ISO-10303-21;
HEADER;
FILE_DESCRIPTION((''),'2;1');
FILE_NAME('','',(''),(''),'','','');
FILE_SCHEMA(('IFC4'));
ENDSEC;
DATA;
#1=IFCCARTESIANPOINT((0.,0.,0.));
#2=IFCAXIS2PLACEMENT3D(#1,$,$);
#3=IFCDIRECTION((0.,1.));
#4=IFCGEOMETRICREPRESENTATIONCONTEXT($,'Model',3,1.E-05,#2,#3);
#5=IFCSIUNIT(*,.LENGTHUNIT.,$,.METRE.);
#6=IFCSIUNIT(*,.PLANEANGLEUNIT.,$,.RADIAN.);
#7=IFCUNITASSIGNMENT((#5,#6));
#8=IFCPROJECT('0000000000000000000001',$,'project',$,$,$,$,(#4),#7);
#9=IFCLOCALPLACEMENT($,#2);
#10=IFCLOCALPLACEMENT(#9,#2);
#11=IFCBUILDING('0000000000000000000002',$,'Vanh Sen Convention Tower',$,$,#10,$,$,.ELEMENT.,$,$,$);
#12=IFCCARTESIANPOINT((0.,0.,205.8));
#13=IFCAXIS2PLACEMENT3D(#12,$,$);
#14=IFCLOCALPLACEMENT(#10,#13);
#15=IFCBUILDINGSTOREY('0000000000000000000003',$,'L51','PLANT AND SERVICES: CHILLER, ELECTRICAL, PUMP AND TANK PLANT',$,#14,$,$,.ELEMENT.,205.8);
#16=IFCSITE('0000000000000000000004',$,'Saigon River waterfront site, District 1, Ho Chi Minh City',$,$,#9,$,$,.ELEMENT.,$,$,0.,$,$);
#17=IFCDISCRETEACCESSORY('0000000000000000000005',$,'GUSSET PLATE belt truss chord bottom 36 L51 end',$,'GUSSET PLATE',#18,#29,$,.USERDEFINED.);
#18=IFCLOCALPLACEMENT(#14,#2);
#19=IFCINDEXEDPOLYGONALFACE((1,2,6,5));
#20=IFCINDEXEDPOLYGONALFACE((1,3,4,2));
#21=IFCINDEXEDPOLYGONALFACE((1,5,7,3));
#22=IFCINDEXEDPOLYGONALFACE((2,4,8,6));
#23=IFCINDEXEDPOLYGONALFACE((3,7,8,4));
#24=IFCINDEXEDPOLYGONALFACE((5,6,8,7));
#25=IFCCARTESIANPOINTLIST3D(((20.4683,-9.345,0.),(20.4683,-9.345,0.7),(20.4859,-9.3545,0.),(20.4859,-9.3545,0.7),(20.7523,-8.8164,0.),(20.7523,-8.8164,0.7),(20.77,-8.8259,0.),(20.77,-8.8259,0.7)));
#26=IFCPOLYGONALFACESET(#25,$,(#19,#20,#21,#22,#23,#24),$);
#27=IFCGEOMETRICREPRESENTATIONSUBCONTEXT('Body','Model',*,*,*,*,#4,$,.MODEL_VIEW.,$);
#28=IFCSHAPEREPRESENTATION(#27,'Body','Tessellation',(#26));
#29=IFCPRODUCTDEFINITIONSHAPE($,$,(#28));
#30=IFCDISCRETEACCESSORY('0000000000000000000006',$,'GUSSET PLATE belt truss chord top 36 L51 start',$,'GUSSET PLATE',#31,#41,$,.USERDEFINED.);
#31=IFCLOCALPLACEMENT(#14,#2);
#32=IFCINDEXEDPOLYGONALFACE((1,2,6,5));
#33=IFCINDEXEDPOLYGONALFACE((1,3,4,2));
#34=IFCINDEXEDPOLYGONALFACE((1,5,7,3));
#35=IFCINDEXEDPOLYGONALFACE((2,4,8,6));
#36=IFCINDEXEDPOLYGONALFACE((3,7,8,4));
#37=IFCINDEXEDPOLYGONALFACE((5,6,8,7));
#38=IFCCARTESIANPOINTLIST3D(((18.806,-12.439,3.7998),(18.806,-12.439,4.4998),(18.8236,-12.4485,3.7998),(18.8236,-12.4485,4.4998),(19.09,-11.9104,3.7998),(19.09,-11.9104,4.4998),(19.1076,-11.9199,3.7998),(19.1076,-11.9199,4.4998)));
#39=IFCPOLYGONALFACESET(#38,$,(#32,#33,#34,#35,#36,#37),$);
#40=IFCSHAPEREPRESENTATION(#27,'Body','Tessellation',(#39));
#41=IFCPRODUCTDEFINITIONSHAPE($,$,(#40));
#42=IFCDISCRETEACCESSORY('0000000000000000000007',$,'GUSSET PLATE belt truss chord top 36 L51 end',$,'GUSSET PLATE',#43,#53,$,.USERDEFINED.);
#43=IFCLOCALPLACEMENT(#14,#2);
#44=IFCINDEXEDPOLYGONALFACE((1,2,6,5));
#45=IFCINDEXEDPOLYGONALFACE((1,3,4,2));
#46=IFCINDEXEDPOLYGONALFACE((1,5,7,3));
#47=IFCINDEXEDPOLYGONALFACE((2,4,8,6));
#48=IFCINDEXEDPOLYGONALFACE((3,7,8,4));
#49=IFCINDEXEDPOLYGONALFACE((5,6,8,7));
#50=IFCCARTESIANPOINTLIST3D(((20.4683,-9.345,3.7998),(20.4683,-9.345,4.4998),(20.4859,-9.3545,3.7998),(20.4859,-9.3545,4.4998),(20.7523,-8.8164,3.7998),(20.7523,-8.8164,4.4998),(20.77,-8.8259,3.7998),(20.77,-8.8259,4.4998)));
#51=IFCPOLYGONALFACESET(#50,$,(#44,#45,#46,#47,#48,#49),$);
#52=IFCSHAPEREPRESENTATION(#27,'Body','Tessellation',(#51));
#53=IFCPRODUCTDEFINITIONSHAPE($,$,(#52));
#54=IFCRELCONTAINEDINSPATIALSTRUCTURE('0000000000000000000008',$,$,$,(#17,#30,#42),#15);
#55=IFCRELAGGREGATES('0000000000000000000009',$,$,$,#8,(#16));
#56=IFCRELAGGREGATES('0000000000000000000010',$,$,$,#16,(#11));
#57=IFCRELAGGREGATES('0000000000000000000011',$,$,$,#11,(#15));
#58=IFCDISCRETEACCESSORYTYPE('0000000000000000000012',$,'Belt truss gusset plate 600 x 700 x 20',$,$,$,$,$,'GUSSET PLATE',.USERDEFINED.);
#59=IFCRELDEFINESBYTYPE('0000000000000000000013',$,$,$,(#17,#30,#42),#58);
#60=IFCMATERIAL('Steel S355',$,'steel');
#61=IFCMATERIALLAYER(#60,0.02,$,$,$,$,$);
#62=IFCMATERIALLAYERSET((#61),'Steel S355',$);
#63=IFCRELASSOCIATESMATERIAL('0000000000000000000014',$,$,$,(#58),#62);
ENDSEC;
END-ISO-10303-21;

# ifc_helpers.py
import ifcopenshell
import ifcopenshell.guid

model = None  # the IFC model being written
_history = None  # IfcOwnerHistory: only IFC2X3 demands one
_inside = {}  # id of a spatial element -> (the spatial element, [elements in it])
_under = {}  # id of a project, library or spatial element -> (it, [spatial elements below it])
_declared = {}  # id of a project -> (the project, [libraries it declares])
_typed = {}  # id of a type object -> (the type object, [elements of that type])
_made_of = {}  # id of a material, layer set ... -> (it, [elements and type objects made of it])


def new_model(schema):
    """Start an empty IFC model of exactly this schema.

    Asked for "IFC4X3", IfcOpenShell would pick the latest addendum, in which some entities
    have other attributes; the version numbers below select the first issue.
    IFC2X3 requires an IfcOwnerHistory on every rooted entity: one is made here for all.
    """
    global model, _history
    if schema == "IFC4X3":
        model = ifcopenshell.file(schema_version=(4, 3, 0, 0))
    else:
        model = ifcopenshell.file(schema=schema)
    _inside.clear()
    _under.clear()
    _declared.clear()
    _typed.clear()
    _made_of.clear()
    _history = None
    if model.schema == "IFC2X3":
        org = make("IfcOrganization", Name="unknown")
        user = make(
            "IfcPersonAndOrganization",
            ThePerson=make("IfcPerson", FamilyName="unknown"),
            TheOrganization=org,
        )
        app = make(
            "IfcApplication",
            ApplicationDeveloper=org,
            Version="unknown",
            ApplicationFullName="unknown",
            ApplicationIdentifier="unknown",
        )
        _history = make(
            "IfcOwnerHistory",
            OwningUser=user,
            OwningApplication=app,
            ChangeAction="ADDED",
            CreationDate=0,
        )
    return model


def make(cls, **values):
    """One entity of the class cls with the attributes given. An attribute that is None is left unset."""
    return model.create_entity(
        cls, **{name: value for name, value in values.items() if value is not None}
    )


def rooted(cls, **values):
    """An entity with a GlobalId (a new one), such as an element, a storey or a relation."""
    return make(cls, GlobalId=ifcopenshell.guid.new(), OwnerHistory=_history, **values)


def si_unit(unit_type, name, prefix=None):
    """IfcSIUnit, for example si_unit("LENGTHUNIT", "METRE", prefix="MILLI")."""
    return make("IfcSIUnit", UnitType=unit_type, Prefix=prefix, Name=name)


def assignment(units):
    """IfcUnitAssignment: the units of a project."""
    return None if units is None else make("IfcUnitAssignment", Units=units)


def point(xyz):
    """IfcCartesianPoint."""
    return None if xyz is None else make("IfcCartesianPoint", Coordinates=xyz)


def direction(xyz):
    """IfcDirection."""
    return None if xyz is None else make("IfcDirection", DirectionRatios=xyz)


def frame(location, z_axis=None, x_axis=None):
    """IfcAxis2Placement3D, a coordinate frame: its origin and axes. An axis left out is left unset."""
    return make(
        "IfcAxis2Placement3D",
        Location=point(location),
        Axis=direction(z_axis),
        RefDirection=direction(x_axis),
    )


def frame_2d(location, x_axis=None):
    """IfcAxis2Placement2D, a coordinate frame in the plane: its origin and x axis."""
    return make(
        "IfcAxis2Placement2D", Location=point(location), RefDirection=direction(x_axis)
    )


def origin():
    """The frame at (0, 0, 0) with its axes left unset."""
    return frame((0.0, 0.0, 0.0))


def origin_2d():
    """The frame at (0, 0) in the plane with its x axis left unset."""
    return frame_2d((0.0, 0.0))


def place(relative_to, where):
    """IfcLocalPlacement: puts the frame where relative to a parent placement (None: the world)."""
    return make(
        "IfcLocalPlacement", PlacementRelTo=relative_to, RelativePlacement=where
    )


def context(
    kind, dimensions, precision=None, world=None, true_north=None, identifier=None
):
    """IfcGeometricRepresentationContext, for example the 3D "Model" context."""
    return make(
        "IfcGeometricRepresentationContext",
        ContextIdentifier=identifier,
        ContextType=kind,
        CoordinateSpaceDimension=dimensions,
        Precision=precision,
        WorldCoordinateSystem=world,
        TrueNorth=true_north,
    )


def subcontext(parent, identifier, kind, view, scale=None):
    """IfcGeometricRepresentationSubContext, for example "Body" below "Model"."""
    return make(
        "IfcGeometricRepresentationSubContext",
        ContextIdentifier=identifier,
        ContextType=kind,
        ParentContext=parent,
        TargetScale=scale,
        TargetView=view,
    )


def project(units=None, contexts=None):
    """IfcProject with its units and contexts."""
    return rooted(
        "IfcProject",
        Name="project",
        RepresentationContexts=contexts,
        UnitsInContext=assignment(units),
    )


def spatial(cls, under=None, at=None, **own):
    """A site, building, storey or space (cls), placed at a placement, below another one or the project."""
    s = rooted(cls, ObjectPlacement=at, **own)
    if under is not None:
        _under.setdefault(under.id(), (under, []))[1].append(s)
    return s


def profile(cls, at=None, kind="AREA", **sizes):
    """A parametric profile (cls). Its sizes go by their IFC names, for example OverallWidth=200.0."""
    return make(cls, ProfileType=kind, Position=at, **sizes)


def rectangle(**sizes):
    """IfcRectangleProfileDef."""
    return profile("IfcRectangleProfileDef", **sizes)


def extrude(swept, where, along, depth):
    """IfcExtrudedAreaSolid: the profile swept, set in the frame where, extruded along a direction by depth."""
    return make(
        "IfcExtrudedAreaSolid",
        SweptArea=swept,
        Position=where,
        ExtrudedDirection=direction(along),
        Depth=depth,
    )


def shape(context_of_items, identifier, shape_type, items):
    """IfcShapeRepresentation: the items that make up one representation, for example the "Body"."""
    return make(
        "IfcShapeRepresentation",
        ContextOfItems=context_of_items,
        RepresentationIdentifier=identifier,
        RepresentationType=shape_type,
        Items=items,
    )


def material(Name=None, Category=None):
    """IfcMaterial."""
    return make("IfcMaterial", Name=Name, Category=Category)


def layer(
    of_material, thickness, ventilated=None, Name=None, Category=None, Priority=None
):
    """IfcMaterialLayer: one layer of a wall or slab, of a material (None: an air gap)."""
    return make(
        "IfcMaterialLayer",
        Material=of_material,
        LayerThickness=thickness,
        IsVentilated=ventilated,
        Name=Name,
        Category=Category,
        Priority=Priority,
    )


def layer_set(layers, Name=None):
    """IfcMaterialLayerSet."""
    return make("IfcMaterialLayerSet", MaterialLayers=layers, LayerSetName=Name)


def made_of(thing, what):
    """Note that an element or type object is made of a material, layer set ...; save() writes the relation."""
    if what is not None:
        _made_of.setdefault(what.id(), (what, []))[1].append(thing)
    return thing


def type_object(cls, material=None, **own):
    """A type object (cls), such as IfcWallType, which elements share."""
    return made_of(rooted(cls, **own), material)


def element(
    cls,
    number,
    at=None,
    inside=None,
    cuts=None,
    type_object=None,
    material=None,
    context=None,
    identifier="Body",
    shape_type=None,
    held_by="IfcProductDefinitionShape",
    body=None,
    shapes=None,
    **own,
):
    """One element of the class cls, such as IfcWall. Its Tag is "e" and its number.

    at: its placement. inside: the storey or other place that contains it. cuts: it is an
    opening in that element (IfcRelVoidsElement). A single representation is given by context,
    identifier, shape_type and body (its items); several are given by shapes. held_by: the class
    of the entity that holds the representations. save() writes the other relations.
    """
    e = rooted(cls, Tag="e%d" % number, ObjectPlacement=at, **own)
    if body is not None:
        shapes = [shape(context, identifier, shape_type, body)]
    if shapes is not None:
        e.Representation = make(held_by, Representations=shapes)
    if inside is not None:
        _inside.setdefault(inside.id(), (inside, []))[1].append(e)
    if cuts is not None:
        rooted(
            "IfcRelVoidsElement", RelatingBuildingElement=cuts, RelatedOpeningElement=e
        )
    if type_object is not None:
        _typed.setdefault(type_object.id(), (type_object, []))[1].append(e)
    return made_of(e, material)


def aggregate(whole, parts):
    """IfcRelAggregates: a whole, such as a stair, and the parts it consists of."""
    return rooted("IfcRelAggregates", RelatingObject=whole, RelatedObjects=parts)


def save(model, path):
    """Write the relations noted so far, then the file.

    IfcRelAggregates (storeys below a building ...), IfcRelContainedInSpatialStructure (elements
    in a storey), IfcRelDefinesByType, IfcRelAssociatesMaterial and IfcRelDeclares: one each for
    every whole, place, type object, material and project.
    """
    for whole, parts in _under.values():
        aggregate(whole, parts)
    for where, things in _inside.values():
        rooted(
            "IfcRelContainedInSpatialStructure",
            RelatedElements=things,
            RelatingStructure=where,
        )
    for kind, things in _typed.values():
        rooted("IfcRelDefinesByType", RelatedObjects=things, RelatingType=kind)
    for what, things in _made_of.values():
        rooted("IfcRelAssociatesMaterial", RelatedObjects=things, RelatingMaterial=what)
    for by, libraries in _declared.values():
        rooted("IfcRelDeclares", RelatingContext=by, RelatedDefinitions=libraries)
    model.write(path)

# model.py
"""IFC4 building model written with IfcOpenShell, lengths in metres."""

from ifc_helpers import new_model, si_unit, direction, frame, origin, origin_2d, place, context, subcontext, project, spatial, rectangle, extrude, material, layer, layer_set, type_object, element, save


model = new_model("IFC4")

# Units and contexts
model_context = context("Model", 3, precision=1e-05, world=origin(), true_north=direction((0.0, 1.0)))
body_context = subcontext(model_context, "Body", "Model", "MODEL_VIEW")
ifc_project = project(units=[si_unit("LENGTHUNIT", "METRE"), si_unit("PLANEANGLEUNIT", "RADIAN")], contexts=[model_context])

# Site, building, storey
site_placement = place(None, origin())
site = spatial("IfcSite", under=ifc_project, at=site_placement, Name="Saigon River waterfront site, District 1, Ho Chi Minh City", CompositionType="ELEMENT", RefElevation=0.0)
building_placement = place(site_placement, origin())
building = spatial("IfcBuilding", under=site, at=building_placement, Name="Vanh Sen Convention Tower", CompositionType="ELEMENT")
storey_placement = place(building_placement, frame((0.0, 0.0, 205.8)))
storey = spatial("IfcBuildingStorey", under=building, at=storey_placement, Name="L51", Description="PLANT AND SERVICES: CHILLER, ELECTRICAL, PUMP AND TANK PLANT", CompositionType="ELEMENT", Elevation=205.8)

# Shared definitions
ifc_material_1 = material(Name="Steel S355", Category="steel")

# Discrete accessories
ifc_layer_1 = layer(ifc_material_1, 0.02)
ifc_layer_set_1 = layer_set([ifc_layer_1], Name="Steel S355")
discrete_accessory_type = type_object("IfcDiscreteAccessoryType", Name="Belt truss gusset plate 600 x 700 x 20", ElementType="GUSSET PLATE", PredefinedType="USERDEFINED", material=ifc_layer_set_1)
for number, where, z_axis, x_axis, name in (
    (1, (20.6191, -9.0854, 0.0), (0.0, 0.0, 1.0), (-0.473321, -0.88089, 0.0), "GUSSET PLATE belt truss chord bottom 36 L51 end"),
    (2, (18.9568, -12.1794, 3.7998), (0.0, 0.0, 1.0), (0.473321, 0.88089, 0.0), "GUSSET PLATE belt truss chord top 36 L51 start"),
    (3, (20.6191, -9.0854, 3.7998), (0.0, 0.0, 1.0), (-0.473321, -0.88089, 0.0), "GUSSET PLATE belt truss chord top 36 L51 end"),
):
    element("IfcDiscreteAccessory", number, at=place(storey_placement, frame(where, z_axis=z_axis, x_axis=x_axis)), inside=storey, type_object=discrete_accessory_type, Name=name, ObjectType="GUSSET PLATE", PredefinedType="USERDEFINED", context=body_context, shape_type="SweptSolid", body=[
        extrude(rectangle(XDim=0.6001, YDim=0.02, at=origin_2d()), origin(), (0.0, 0.0, 1.0), 0.7),
    ])

save(model, "model.ifc")
